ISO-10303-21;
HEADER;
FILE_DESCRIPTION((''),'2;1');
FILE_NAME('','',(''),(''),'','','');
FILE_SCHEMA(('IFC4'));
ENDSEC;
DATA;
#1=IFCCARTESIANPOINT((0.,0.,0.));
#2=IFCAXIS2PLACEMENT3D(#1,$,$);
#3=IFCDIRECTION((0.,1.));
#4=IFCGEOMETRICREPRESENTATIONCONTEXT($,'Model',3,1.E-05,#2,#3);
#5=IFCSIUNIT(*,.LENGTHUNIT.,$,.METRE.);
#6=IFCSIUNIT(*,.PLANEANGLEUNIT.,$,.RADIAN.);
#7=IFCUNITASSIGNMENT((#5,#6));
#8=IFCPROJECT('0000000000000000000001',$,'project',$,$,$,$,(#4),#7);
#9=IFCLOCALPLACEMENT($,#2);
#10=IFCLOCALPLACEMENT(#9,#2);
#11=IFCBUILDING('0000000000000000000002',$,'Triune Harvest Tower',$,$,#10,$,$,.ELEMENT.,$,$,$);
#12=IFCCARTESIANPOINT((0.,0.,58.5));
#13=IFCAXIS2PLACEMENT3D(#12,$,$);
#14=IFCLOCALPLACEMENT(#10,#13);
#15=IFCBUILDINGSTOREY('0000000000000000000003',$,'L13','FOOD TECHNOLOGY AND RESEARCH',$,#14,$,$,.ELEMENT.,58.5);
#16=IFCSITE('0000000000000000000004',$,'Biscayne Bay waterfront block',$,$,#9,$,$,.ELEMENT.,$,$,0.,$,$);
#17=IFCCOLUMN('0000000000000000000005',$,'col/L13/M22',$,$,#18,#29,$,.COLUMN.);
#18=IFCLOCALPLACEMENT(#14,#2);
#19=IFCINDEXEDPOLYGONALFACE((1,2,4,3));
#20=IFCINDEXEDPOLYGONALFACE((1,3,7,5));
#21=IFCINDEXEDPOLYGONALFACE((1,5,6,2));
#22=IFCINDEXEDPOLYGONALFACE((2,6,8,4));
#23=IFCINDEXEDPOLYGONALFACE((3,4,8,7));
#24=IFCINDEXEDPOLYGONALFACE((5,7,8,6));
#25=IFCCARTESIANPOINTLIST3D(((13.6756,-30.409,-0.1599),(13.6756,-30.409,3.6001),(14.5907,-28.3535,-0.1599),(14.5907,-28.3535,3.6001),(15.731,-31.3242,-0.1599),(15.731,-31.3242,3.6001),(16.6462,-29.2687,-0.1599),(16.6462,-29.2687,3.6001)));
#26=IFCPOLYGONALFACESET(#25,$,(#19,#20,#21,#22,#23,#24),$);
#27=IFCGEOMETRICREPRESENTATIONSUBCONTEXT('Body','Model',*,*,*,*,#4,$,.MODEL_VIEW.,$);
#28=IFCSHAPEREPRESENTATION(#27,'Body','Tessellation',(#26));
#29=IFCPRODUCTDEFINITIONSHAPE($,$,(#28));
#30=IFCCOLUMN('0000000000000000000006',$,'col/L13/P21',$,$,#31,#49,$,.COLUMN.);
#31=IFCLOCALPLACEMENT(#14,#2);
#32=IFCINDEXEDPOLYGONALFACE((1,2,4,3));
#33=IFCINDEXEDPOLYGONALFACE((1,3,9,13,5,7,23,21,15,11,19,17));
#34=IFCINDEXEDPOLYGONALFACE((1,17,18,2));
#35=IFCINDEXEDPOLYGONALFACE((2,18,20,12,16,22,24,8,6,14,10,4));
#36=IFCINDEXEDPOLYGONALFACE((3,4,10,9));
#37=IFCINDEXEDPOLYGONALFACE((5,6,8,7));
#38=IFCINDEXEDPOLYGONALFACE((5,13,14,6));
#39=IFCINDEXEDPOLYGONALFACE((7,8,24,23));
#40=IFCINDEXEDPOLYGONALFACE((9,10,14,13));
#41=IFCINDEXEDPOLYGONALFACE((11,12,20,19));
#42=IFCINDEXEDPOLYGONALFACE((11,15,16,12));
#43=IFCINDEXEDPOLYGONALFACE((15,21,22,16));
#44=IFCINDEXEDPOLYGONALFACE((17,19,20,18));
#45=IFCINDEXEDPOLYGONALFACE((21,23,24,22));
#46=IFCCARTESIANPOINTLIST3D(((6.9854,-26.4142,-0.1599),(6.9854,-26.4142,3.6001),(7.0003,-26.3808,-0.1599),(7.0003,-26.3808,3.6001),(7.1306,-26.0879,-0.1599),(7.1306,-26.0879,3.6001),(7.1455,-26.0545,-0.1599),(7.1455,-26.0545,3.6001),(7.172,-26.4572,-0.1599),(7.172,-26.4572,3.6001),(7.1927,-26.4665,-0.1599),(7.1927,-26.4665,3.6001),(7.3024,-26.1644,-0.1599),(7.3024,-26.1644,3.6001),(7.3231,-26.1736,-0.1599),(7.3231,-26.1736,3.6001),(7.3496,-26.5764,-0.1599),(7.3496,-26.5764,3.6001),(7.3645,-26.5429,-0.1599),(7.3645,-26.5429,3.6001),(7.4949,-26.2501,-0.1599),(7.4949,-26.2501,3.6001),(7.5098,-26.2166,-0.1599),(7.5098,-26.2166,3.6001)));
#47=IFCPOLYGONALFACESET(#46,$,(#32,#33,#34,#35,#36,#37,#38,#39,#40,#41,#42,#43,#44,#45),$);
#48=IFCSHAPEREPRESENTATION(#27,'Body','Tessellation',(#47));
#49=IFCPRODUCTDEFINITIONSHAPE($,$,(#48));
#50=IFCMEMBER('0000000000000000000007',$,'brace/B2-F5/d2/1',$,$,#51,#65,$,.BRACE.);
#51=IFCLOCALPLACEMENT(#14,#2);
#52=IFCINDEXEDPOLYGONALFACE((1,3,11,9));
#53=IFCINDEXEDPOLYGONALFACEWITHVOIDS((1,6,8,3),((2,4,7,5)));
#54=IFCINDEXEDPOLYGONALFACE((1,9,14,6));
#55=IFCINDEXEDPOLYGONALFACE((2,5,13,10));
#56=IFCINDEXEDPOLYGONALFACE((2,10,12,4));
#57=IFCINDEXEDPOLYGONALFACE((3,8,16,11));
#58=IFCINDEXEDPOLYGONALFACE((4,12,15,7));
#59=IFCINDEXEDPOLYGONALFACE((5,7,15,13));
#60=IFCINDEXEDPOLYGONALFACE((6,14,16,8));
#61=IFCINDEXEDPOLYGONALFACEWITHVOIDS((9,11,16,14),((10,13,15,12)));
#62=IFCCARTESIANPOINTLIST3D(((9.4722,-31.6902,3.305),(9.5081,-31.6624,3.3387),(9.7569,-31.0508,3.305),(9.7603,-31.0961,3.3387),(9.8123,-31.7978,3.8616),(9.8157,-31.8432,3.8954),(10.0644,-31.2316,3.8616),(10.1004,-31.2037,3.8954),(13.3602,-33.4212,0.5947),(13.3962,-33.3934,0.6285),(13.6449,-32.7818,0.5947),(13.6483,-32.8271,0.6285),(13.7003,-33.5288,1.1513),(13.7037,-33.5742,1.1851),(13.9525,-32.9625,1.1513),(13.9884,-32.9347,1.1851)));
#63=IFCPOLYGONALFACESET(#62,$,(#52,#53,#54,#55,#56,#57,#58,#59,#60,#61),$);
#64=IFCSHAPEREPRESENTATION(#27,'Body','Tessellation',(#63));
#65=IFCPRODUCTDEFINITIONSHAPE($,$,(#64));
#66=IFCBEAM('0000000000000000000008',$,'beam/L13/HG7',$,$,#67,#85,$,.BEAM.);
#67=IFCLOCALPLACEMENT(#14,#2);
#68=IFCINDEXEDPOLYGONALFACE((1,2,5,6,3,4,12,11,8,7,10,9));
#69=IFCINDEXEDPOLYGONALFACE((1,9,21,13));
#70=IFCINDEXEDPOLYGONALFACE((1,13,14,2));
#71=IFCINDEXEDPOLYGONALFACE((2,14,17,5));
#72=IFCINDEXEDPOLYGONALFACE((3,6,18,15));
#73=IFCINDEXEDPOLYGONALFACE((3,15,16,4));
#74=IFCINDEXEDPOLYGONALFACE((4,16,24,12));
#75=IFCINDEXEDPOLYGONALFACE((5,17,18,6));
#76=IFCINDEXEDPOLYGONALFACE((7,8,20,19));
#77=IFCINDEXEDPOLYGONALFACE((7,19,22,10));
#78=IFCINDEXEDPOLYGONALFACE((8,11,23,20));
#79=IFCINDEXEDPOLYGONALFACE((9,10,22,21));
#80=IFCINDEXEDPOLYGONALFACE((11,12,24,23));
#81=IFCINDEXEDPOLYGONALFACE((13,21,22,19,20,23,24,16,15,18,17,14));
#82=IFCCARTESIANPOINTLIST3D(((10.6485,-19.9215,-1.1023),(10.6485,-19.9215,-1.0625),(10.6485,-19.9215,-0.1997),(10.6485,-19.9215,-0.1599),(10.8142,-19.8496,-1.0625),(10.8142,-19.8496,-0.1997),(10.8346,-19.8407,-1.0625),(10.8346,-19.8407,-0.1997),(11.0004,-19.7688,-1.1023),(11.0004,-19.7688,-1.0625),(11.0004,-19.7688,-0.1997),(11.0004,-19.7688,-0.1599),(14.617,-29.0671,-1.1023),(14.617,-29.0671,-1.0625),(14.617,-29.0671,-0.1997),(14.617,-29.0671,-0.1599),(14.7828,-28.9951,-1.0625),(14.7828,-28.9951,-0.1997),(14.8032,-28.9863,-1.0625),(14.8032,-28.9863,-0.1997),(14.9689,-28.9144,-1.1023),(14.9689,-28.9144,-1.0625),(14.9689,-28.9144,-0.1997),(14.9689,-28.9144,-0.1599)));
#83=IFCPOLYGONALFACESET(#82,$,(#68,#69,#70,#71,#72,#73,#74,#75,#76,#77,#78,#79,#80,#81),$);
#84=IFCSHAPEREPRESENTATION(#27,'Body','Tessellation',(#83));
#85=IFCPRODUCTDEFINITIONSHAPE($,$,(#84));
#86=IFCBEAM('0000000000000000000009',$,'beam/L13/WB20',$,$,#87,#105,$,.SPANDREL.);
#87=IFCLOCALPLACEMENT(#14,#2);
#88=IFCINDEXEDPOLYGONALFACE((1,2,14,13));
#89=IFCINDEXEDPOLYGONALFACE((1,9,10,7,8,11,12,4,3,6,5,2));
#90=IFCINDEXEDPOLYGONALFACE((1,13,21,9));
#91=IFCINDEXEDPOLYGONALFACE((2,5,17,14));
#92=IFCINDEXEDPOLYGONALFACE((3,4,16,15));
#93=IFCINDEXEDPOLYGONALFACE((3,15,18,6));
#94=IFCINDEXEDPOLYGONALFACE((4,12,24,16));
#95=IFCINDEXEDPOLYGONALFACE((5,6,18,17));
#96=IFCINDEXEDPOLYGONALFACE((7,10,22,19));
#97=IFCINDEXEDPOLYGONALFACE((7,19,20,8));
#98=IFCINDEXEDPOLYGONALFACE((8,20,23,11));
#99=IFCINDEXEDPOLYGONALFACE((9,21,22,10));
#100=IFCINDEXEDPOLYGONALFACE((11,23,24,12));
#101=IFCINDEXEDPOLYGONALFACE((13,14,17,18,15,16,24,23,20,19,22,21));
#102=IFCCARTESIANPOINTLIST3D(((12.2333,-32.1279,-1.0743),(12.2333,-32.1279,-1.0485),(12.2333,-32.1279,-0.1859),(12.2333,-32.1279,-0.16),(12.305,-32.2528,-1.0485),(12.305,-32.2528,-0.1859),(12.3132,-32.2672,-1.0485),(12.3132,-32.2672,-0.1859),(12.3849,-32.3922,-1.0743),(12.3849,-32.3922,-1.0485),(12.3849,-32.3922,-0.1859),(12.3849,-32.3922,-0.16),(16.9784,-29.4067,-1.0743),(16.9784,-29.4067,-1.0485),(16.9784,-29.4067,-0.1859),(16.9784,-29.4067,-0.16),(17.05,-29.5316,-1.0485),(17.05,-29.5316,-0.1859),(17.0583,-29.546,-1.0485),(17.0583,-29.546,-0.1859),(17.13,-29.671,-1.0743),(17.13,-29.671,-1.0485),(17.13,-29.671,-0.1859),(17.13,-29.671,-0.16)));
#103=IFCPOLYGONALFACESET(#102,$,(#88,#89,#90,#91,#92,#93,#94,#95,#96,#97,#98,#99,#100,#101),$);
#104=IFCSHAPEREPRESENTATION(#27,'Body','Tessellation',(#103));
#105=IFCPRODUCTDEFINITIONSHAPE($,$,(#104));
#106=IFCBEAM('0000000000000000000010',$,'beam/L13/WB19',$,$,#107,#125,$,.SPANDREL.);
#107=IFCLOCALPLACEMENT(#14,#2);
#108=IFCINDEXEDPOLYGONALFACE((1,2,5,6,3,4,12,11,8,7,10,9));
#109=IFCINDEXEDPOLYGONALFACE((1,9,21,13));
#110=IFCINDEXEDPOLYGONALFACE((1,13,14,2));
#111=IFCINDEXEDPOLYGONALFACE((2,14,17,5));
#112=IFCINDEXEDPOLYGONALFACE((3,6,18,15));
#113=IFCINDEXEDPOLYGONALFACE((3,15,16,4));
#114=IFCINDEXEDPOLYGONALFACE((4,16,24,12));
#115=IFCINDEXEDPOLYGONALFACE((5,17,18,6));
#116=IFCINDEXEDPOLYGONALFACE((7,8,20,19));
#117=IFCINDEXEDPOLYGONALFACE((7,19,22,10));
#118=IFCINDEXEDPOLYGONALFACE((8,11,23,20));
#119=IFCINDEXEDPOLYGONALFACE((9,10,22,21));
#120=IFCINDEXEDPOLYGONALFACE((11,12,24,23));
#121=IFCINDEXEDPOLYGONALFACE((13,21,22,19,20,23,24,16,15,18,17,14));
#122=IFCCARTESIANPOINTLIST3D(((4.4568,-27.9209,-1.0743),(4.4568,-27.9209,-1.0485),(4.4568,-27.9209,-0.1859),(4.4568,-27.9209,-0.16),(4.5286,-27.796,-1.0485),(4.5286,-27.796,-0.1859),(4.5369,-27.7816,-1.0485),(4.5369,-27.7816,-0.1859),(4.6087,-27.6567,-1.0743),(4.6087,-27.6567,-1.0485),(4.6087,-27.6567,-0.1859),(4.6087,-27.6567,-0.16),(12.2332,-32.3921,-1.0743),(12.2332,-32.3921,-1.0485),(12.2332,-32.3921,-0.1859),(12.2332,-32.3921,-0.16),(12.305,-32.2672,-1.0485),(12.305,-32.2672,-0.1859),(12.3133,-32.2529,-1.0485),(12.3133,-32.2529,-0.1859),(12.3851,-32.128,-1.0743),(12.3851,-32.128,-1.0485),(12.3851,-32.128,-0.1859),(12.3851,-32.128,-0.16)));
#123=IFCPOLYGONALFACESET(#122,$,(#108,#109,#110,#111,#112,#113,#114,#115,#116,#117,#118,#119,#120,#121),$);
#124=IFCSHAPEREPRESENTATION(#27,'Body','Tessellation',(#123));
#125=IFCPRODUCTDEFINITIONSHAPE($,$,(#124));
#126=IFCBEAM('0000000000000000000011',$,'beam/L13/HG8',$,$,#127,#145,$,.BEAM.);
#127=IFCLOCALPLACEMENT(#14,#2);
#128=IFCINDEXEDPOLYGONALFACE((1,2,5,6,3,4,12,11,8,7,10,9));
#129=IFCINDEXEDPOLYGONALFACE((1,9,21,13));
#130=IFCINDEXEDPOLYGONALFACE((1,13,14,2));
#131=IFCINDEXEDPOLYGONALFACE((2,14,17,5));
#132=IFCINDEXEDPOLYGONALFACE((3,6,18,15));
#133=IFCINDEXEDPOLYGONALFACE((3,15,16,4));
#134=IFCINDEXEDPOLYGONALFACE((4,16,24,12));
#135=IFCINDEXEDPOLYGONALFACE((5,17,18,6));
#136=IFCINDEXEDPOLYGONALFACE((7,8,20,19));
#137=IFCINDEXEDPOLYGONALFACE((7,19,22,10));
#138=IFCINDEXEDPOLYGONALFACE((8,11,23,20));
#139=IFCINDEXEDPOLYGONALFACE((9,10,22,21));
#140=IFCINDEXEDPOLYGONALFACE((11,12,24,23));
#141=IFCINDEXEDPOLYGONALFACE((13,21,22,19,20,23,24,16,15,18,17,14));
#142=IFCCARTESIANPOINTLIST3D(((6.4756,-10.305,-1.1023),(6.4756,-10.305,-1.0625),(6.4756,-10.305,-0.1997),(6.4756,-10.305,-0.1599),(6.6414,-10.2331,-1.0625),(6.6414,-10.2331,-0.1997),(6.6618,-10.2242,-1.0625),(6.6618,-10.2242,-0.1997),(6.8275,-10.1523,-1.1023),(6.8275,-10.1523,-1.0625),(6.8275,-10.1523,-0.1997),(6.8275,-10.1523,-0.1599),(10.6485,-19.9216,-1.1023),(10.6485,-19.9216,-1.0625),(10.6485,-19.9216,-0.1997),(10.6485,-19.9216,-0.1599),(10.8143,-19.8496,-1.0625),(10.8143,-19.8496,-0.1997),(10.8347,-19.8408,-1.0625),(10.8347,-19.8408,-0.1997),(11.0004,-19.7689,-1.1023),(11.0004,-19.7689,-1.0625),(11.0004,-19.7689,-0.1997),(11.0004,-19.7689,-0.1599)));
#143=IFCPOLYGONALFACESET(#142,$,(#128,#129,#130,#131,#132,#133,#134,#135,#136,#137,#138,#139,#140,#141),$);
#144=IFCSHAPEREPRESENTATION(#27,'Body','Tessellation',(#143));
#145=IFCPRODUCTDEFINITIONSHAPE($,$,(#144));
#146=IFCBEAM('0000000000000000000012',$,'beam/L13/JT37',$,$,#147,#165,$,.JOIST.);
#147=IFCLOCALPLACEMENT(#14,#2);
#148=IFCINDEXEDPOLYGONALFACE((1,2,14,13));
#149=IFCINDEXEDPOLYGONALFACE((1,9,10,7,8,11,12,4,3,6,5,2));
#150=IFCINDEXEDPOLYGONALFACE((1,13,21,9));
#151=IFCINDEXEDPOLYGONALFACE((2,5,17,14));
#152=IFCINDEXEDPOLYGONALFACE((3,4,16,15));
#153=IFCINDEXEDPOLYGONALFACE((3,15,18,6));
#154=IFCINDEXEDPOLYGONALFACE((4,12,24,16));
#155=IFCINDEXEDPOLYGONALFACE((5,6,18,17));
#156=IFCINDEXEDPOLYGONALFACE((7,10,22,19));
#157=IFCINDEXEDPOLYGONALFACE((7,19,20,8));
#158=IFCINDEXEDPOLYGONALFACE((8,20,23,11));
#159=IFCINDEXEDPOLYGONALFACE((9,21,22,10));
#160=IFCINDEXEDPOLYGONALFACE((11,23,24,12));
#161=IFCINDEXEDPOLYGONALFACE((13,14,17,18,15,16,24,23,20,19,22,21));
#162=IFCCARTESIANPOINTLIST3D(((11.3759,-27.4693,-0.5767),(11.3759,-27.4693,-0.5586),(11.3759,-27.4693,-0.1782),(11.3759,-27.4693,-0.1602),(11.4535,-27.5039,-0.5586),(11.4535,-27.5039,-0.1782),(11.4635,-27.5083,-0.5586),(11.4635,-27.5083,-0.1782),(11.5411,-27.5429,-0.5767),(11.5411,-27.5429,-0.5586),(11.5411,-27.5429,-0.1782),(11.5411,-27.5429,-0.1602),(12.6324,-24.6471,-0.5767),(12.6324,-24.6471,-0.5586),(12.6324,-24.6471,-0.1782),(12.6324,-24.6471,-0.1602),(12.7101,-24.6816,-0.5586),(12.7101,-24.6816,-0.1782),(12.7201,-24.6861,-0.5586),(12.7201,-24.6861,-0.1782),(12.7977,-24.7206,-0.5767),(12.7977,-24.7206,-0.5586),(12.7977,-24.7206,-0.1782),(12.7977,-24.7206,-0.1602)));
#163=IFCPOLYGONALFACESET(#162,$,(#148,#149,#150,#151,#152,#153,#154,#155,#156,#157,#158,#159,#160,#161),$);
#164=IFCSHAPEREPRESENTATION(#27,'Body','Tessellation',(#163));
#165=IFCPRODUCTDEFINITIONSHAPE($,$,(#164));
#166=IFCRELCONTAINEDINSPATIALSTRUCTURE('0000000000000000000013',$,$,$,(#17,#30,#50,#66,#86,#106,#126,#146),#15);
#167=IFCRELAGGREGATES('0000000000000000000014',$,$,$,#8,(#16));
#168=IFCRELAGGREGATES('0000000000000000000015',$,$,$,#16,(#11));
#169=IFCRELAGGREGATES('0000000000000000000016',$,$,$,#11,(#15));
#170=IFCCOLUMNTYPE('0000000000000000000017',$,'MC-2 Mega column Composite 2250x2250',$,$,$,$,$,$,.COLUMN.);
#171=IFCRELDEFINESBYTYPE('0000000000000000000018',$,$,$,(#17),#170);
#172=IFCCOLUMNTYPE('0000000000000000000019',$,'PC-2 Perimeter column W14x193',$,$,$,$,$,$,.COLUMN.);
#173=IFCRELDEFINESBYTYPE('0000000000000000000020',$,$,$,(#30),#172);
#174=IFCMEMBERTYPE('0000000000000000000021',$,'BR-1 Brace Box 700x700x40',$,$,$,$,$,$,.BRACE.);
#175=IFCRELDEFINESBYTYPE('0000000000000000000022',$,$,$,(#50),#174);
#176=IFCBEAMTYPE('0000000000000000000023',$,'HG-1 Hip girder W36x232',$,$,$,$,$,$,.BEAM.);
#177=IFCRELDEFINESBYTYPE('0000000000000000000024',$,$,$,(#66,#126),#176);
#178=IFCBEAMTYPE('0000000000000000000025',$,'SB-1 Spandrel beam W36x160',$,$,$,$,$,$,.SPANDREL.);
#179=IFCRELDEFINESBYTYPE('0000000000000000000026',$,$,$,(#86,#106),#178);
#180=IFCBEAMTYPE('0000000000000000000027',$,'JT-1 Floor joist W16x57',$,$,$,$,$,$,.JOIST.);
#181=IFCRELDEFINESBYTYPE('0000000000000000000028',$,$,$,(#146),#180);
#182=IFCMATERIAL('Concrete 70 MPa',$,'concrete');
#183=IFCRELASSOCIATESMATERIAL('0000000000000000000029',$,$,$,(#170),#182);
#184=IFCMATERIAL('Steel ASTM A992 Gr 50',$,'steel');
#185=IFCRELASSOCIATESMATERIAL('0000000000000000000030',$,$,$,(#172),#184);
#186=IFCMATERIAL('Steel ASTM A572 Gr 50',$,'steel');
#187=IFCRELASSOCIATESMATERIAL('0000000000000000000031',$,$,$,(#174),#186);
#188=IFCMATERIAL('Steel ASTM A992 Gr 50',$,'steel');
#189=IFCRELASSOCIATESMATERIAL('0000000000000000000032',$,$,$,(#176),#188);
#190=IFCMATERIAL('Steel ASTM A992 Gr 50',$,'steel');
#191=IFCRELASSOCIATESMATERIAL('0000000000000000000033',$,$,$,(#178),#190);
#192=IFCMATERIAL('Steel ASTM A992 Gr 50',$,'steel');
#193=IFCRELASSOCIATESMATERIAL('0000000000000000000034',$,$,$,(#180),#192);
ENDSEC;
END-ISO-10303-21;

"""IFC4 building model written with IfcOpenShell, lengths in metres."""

from ifc_helpers import new_model, si_unit, direction, frame, origin, origin_2d, place, context, subcontext, project, spatial, rectangle, hollow_rectangle, i_section, extrude, source, transform, mapped, material, material_profile, profile_set, type_object, element, save


model = new_model("IFC4")

# Units and contexts
model_context = context("Model", 3, precision=1e-05, world=origin(), true_north=direction((0.0, 1.0)))
body_context = subcontext(model_context, "Body", "Model", "MODEL_VIEW")
ifc_project = project(units=[si_unit("LENGTHUNIT", "METRE"), si_unit("PLANEANGLEUNIT", "RADIAN")], contexts=[model_context])

# Site, building, storey
site_placement = place(None, origin())
site = spatial("IfcSite", under=ifc_project, at=site_placement, Name="Biscayne Bay waterfront block", CompositionType="ELEMENT", RefElevation=0.0)
building_placement = place(site_placement, origin())
building = spatial("IfcBuilding", under=site, at=building_placement, Name="Triune Harvest Tower", CompositionType="ELEMENT")
storey_placement = place(building_placement, frame((0.0, 0.0, 58.5)))
storey = spatial("IfcBuildingStorey", under=building, at=storey_placement, Name="L13", Description="FOOD TECHNOLOGY AND RESEARCH", CompositionType="ELEMENT", Elevation=58.5)

# Columns
ifc_material_1 = material(Name="Concrete 70 MPa", Category="concrete")
ifc_material_profile_1 = material_profile(ifc_material_1, rectangle(XDim=2.25, YDim=2.25, at=origin_2d()), Name="Composite 2250x2250")
ifc_profile_set_1 = profile_set([ifc_material_profile_1], Name="Concrete 70 MPa")
column_type_1 = type_object("IfcColumnType", Name="MC-2 Mega column Composite 2250x2250", PredefinedType="COLUMN", material=ifc_profile_set_1)
shared_shape_1 = source(origin(), body_context, "Body", "SweptSolid", [
    extrude(rectangle(XDim=2.25, YDim=2.25, at=origin_2d()), origin(), (0.0, 0.0, 1.0), 3.76),
])
column_1_placement = place(storey_placement, frame((15.1609, -29.8389, -0.1599), z_axis=(0.0, 0.0, 1.0), x_axis=(0.913545, -0.406737, 0.0)))
element("IfcColumn", 1, at=column_1_placement, inside=storey, type_object=column_type_1, Name="col/L13/M22", PredefinedType="COLUMN", context=body_context, shape_type="MappedRepresentation", body=[
    mapped(shared_shape_1, transform((0.0, 0.0, 0.0), scale=1.0)),
])
ifc_material_2 = material(Name="Steel ASTM A992 Gr 50", Category="steel")
ifc_material_profile_2 = material_profile(ifc_material_2, i_section(OverallWidth=0.3987, OverallDepth=0.3938, WebThickness=0.0227, FlangeThickness=0.0366, at=origin_2d()), Name="W14x193")
ifc_profile_set_2 = profile_set([ifc_material_profile_2], Name="Steel ASTM A992 Gr 50")
column_type_2 = type_object("IfcColumnType", Name="PC-2 Perimeter column W14x193", PredefinedType="COLUMN", material=ifc_profile_set_2)
shared_shape_2 = source(origin(), body_context, "Body", "SweptSolid", [
    extrude(i_section(OverallWidth=0.3987, OverallDepth=0.3938, WebThickness=0.0227, FlangeThickness=0.0366, at=origin_2d()), origin(), (0.0, 0.0, 1.0), 3.76),
])
column_2_placement = place(storey_placement, frame((7.2476, -26.3154, -0.1599), z_axis=(0.0, 0.0, 1.0), x_axis=(0.913545, -0.406737, 0.0)))
element("IfcColumn", 2, at=column_2_placement, inside=storey, type_object=column_type_2, Name="col/L13/P21", PredefinedType="COLUMN", context=body_context, shape_type="MappedRepresentation", body=[
    mapped(shared_shape_2, transform((0.0, 0.0, 0.0), scale=1.0)),
])

# Member
ifc_material_3 = material(Name="Steel ASTM A572 Gr 50", Category="steel")
ifc_material_profile_3 = material_profile(ifc_material_3, hollow_rectangle(XDim=0.7, YDim=0.7, WallThickness=0.04, at=origin_2d()), Name="Box 700x700x40")
ifc_profile_set_3 = profile_set([ifc_material_profile_3], Name="Steel ASTM A572 Gr 50")
member_type_1 = type_object("IfcMemberType", Name="BR-1 Brace Box 700x700x40", PredefinedType="BRACE", material=ifc_profile_set_3)
member_1_placement = place(storey_placement, frame((13.6743, -33.178, 0.8899), z_axis=(-0.770569, 0.343067, 0.537148), x_axis=(-0.406724, -0.913551, 0.0)))
element("IfcMember", 3, at=member_1_placement, inside=storey, type_object=member_type_1, Name="brace/B2-F5/d2/1", PredefinedType="BRACE", context=body_context, shape_type="SweptSolid", body=[
    extrude(hollow_rectangle(XDim=0.7, YDim=0.7, WallThickness=0.04, at=origin_2d()), origin(), (0.0, 0.0, 1.0), 5.0457),
])

# Beams
ifc_material_4 = material(Name="Steel ASTM A992 Gr 50", Category="steel")
ifc_material_profile_4 = material_profile(ifc_material_4, i_section(OverallWidth=0.3835, OverallDepth=0.9424, WebThickness=0.0222, FlangeThickness=0.0398, at=origin_2d()), Name="W36x232")
ifc_profile_set_4 = profile_set([ifc_material_profile_4], Name="Steel ASTM A992 Gr 50")
beam_type_1 = type_object("IfcBeamType", Name="HG-1 Hip girder W36x232", PredefinedType="BEAM", material=ifc_profile_set_4)
beam_1_placement = place(storey_placement, frame((14.793, -28.9907, -0.6311), z_axis=(-0.398068, 0.917356, 0.0), x_axis=(-0.917356, -0.398068, 0.0)))
element("IfcBeam", 4, at=beam_1_placement, inside=storey, type_object=beam_type_1, Name="beam/L13/HG7", PredefinedType="BEAM", context=body_context, shape_type="SweptSolid", body=[
    extrude(i_section(OverallWidth=0.3835, OverallDepth=0.9424, WebThickness=0.0222, FlangeThickness=0.0398, at=origin_2d()), origin(), (0.0, 0.0, 1.0), 9.9695),
])
ifc_material_5 = material(Name="Steel ASTM A992 Gr 50", Category="steel")
ifc_material_profile_5 = material_profile(ifc_material_5, i_section(OverallWidth=0.3047, OverallDepth=0.9143, WebThickness=0.0166, FlangeThickness=0.0259, at=origin_2d()), Name="W36x160")
ifc_profile_set_5 = profile_set([ifc_material_profile_5], Name="Steel ASTM A992 Gr 50")
beam_type_2 = type_object("IfcBeamType", Name="SB-1 Spandrel beam W36x160", PredefinedType="SPANDREL", material=ifc_profile_set_5)
shared_shape_3 = source(origin(), body_context, "Body", "SweptSolid", [
    extrude(i_section(OverallWidth=0.3047, OverallDepth=0.9143, WebThickness=0.0166, FlangeThickness=0.0259, at=origin_2d()), origin(), (0.0, 0.0, 1.0), 5.47),
])
beam_2_placement = place(storey_placement, frame((12.3091, -32.26, -0.6172), z_axis=(0.867479, 0.497475, 0.0), x_axis=(-0.497475, 0.867479, 0.0)))
element("IfcBeam", 5, at=beam_2_placement, inside=storey, type_object=beam_type_2, Name="beam/L13/WB20", PredefinedType="SPANDREL", context=body_context, shape_type="MappedRepresentation", body=[
    mapped(shared_shape_3, transform((0.0, 0.0, 0.0), scale=1.0)),
])
shared_shape_4 = source(origin(), body_context, "Body", "SweptSolid", [
    extrude(i_section(OverallWidth=0.3047, OverallDepth=0.9143, WebThickness=0.0166, FlangeThickness=0.0259, at=origin_2d()), origin(), (0.0, 0.0, 1.0), 8.9702),
])
beam_3_placement = place(storey_placement, frame((4.5327, -27.7888, -0.6172), z_axis=(0.866917, -0.498453, 0.0), x_axis=(0.498453, 0.866917, 0.0)))
element("IfcBeam", 6, at=beam_3_placement, inside=storey, type_object=beam_type_2, Name="beam/L13/WB19", PredefinedType="SPANDREL", context=body_context, shape_type="MappedRepresentation", body=[
    mapped(shared_shape_4, transform((0.0, 0.0, 0.0), scale=1.0)),
])
shared_shape_5 = source(origin(), body_context, "Body", "SweptSolid", [
    extrude(i_section(OverallWidth=0.3835, OverallDepth=0.9424, WebThickness=0.0222, FlangeThickness=0.0398, at=origin_2d()), origin(), (0.0, 0.0, 1.0), 10.4829),
])
beam_4_placement = place(storey_placement, frame((10.8245, -19.8452, -0.6311), z_axis=(-0.398067, 0.917356, 0.0), x_axis=(-0.917356, -0.398067, 0.0)))
element("IfcBeam", 7, at=beam_4_placement, inside=storey, type_object=beam_type_1, Name="beam/L13/HG8", PredefinedType="BEAM", context=body_context, shape_type="MappedRepresentation", body=[
    mapped(shared_shape_5, transform((0.0, 0.0, 0.0), scale=1.0)),
])
ifc_material_6 = material(Name="Steel ASTM A992 Gr 50", Category="steel")
ifc_material_profile_6 = material_profile(ifc_material_6, i_section(OverallWidth=0.1809, OverallDepth=0.4165, WebThickness=0.011, FlangeThickness=0.0181, at=origin_2d()), Name="W16x57")
ifc_profile_set_6 = profile_set([ifc_material_profile_6], Name="Steel ASTM A992 Gr 50")
beam_type_3 = type_object("IfcBeamType", Name="JT-1 Floor joist W16x57", PredefinedType="JOIST", material=ifc_profile_set_6)
shared_shape_6 = source(origin(), body_context, "Body", "SweptSolid", [
    extrude(i_section(OverallWidth=0.1809, OverallDepth=0.4165, WebThickness=0.011, FlangeThickness=0.0181, at=origin_2d()), origin(), (0.0, 0.0, 1.0), 3.0894),
])
beam_5_placement = place(storey_placement, frame((11.4585, -27.5061, -0.3684), z_axis=(0.406747, 0.913541, 0.0), x_axis=(-0.913541, 0.406747, 0.0)))
element("IfcBeam", 8, at=beam_5_placement, inside=storey, type_object=beam_type_3, Name="beam/L13/JT37", PredefinedType="JOIST", context=body_context, shape_type="MappedRepresentation", body=[
    mapped(shared_shape_6, transform((0.0, 0.0, 0.0), scale=1.0)),
])

save(model, "model.ifc")
